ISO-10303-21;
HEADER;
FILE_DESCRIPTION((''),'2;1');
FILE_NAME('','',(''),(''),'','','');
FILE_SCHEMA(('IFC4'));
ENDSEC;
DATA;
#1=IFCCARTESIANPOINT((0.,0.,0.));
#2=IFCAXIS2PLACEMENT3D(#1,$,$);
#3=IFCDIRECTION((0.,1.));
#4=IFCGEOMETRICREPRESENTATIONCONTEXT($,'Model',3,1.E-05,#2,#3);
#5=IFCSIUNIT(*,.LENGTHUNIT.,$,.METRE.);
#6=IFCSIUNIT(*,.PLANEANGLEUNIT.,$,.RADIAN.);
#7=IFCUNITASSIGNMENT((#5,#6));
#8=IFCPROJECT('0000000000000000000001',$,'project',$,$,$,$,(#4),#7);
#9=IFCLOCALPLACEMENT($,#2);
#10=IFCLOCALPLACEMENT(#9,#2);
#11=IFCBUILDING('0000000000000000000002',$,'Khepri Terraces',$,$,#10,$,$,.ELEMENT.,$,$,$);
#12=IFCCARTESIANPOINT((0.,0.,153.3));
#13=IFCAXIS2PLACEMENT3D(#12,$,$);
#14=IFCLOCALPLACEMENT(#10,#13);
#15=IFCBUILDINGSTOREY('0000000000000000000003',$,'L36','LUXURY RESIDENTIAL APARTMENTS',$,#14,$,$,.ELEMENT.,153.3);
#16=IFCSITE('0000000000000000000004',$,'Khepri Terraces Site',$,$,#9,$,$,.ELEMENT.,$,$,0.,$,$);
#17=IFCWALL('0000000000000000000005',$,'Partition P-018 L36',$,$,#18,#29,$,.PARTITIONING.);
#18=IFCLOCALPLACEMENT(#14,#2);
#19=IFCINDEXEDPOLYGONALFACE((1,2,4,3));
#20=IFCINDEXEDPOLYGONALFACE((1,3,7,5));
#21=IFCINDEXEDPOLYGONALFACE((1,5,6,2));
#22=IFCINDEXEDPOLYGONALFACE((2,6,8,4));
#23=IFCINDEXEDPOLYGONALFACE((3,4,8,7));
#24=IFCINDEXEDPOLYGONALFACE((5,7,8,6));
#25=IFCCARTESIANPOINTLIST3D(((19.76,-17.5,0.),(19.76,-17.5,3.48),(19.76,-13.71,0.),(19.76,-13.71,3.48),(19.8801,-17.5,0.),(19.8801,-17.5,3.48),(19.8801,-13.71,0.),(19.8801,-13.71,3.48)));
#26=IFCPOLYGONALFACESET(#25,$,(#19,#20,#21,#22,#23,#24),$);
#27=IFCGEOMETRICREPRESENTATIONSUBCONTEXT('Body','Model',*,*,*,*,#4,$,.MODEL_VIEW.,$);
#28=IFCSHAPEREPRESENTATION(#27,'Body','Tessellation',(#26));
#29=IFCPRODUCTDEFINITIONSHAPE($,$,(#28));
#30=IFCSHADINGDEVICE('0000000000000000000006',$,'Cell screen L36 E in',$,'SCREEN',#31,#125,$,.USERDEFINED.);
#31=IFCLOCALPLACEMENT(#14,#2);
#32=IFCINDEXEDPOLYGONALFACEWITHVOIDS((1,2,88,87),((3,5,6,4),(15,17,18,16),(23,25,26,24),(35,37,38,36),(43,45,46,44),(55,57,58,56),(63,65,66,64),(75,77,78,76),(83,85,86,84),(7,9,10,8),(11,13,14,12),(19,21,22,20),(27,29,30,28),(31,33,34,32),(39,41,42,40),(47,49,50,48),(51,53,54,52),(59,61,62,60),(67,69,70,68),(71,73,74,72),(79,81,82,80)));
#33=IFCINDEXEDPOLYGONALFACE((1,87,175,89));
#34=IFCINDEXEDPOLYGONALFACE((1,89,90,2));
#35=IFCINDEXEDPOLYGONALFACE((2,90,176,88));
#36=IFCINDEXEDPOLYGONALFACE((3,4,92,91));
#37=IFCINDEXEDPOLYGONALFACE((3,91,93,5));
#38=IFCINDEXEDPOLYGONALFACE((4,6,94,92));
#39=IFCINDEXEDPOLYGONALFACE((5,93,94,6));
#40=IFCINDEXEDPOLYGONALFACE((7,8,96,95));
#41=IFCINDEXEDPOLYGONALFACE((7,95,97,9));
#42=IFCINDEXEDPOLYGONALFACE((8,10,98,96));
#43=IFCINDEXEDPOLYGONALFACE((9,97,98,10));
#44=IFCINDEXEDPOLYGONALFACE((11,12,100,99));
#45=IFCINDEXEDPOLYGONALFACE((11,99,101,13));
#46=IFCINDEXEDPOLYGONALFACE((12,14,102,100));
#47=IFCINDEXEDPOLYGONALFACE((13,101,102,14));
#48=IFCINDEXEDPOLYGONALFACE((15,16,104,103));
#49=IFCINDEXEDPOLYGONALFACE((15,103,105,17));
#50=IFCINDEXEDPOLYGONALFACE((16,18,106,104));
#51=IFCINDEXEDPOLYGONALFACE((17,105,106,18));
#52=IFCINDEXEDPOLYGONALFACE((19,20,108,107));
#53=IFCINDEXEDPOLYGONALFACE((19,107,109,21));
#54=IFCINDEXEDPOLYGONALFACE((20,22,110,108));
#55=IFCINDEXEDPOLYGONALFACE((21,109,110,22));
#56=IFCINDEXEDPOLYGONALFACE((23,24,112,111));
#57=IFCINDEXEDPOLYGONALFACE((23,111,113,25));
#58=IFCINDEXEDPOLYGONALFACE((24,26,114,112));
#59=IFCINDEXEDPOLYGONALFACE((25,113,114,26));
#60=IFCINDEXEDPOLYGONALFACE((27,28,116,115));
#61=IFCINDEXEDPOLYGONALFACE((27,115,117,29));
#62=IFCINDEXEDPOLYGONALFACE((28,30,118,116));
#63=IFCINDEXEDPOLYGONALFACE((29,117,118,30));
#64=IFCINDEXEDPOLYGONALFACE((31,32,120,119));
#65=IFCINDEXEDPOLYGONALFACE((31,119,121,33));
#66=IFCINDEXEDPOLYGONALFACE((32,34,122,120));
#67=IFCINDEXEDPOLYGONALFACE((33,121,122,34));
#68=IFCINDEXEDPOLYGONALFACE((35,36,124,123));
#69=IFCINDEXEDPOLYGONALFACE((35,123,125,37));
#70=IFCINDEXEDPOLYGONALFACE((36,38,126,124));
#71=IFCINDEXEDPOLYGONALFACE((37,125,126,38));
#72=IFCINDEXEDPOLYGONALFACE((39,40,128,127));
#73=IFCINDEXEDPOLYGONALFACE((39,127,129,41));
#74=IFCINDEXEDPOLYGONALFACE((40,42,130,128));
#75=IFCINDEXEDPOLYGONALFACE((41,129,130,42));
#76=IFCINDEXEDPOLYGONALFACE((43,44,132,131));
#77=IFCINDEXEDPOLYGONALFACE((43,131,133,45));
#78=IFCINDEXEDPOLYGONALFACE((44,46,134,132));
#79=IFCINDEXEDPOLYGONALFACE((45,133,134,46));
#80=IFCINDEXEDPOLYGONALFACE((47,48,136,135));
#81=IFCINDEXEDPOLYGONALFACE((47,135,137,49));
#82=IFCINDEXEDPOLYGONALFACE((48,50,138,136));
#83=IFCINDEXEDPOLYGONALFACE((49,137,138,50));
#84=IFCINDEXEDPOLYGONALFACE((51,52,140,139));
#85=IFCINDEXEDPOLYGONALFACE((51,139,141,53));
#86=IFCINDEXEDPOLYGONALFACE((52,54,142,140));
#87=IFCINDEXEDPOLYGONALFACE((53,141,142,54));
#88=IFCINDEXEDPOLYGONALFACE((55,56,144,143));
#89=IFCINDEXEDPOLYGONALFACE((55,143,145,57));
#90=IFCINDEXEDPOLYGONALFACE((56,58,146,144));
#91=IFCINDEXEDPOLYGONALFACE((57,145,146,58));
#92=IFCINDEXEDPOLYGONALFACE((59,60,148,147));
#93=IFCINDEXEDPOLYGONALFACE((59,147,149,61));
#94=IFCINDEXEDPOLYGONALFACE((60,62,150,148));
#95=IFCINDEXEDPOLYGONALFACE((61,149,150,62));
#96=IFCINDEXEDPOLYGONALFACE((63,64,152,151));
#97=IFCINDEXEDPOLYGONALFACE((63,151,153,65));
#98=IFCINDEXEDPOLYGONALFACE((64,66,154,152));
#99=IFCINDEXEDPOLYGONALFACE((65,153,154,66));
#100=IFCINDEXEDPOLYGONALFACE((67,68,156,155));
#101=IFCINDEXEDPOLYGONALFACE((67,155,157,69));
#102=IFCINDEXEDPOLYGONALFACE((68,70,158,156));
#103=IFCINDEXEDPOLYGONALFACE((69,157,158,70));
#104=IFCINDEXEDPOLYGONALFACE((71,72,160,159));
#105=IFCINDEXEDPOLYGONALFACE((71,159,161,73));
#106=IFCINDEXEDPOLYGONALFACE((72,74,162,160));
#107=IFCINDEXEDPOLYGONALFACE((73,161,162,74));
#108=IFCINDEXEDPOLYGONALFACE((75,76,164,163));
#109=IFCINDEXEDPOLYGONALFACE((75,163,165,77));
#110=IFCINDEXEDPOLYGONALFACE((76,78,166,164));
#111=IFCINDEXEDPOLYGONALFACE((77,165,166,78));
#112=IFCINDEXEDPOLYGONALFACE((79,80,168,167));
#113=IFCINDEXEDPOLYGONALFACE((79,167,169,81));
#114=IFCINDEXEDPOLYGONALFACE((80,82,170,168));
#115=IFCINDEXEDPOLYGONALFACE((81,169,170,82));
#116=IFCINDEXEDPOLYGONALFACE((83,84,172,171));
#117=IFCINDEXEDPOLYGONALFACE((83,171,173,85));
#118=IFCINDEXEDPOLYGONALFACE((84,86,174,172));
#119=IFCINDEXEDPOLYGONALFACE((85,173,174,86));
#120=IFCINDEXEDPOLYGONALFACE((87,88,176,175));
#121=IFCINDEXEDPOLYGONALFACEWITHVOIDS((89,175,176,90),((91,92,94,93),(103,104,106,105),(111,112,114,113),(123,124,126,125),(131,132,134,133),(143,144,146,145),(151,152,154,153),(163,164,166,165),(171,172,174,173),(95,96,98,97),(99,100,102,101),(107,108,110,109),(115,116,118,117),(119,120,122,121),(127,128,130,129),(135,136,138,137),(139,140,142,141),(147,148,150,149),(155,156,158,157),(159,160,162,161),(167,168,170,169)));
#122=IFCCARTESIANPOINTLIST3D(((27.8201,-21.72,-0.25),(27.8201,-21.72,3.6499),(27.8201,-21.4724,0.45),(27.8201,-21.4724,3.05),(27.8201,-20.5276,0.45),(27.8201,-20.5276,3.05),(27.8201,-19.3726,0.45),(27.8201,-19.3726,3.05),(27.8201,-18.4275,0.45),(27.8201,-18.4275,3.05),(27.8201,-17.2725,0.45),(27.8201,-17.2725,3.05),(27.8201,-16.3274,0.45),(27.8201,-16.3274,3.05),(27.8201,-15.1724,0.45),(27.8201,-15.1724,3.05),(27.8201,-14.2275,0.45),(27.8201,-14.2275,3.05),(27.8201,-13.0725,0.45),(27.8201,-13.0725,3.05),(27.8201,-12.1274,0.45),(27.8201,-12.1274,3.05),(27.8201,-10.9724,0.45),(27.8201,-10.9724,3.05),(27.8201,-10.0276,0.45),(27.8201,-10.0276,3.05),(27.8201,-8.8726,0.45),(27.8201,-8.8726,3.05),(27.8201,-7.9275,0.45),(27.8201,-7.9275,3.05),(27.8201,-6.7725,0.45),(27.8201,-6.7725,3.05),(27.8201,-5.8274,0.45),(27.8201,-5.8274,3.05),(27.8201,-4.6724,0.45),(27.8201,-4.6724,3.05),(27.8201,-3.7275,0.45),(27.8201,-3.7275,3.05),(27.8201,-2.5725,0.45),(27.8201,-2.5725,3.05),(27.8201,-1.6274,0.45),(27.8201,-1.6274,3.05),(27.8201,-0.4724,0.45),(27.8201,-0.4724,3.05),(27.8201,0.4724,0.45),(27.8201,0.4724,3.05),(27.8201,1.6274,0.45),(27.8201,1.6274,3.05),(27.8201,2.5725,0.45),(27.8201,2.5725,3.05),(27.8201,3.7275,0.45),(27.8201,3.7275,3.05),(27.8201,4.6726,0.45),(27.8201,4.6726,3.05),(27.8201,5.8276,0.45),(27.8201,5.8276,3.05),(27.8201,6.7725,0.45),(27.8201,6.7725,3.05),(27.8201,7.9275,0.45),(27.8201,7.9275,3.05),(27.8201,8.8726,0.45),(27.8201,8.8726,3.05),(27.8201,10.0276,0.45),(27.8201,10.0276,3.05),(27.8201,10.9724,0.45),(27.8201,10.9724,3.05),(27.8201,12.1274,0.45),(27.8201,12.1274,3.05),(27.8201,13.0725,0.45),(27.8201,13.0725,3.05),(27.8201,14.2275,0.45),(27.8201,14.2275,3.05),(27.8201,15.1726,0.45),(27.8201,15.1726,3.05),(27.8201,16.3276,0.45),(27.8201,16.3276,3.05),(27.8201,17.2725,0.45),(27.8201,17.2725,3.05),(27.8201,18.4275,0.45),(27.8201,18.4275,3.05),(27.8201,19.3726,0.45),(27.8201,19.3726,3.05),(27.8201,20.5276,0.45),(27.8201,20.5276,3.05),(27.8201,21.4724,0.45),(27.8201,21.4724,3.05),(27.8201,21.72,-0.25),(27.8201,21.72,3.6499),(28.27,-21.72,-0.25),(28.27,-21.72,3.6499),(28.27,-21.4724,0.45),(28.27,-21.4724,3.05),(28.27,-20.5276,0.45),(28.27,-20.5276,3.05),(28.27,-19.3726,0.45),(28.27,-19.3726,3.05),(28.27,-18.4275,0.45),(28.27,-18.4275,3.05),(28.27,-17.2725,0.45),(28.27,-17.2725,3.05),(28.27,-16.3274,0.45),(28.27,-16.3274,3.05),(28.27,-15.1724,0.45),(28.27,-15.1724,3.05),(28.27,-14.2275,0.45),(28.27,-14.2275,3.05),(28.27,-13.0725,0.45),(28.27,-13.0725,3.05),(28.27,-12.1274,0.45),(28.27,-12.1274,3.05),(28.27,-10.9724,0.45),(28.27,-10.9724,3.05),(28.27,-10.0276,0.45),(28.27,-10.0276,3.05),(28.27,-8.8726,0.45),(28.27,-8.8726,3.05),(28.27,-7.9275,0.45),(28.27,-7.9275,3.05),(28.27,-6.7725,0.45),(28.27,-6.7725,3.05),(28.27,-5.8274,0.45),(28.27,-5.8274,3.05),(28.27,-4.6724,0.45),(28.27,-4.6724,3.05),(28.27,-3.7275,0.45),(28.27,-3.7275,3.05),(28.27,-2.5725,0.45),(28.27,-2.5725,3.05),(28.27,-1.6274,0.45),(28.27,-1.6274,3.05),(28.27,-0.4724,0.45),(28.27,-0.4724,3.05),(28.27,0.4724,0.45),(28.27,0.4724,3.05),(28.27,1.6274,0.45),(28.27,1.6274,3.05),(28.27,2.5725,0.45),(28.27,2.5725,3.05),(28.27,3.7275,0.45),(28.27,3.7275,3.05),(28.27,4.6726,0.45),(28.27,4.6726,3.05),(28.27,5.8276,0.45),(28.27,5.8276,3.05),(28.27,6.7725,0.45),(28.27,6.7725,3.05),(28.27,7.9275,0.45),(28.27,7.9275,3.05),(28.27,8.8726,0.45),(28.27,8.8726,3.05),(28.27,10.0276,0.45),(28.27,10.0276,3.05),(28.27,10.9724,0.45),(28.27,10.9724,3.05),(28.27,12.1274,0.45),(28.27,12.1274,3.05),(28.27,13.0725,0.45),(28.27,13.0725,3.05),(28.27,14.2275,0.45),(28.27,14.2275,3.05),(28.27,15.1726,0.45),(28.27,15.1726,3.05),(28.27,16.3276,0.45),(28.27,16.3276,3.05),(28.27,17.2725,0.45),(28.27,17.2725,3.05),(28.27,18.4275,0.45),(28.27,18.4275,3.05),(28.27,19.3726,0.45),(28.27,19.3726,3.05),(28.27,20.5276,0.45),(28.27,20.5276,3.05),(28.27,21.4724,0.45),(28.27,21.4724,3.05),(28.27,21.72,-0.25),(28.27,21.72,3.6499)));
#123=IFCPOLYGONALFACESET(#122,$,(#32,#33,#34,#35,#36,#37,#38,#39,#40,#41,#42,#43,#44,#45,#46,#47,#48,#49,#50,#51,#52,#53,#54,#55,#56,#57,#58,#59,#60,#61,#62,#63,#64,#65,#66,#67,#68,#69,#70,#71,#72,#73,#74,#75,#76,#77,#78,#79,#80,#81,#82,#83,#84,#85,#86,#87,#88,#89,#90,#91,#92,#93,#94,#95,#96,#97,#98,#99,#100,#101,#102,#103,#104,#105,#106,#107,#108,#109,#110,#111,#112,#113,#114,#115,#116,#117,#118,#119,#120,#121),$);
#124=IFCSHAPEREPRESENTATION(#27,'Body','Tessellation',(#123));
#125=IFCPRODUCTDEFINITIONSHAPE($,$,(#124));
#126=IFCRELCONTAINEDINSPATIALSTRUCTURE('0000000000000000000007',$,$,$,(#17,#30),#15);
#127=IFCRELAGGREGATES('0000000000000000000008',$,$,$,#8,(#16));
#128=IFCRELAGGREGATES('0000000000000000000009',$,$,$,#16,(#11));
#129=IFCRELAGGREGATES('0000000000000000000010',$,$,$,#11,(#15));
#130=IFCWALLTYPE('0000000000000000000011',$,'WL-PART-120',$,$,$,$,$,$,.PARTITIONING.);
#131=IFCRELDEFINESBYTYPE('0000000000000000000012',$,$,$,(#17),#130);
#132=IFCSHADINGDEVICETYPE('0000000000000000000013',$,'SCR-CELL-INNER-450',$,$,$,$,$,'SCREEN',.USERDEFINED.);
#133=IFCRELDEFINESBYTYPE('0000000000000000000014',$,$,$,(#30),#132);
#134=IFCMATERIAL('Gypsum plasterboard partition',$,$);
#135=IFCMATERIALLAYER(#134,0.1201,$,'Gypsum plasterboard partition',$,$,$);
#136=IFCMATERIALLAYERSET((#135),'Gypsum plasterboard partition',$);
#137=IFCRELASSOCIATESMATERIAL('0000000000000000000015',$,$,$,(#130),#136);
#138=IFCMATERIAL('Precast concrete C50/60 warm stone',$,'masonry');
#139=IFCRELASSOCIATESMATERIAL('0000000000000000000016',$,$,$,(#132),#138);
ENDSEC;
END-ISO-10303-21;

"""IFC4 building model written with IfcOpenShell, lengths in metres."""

from ifc_helpers import new_model, si_unit, direction, frame, frame_2d, origin, place, context, subcontext, project, spatial, polyline, rectangle, outline, extrude, material, layer, layer_set, type_object, element, save


model = new_model("IFC4")

# Units and contexts
model_context = context("Model", 3, precision=1e-05, world=origin(), true_north=direction((0.0, 1.0)))
body_context = subcontext(model_context, "Body", "Model", "MODEL_VIEW")
ifc_project = project(units=[si_unit("LENGTHUNIT", "METRE"), si_unit("PLANEANGLEUNIT", "RADIAN")], contexts=[model_context])

# Site, building, storey
site_placement = place(None, origin())
site = spatial("IfcSite", under=ifc_project, at=site_placement, Name="Khepri Terraces Site", CompositionType="ELEMENT", RefElevation=0.0)
building_placement = place(site_placement, origin())
building = spatial("IfcBuilding", under=site, at=building_placement, Name="Khepri Terraces", CompositionType="ELEMENT")
storey_placement = place(building_placement, frame((0.0, 0.0, 153.3)))
storey = spatial("IfcBuildingStorey", under=building, at=storey_placement, Name="L36", Description="LUXURY RESIDENTIAL APARTMENTS", CompositionType="ELEMENT", Elevation=153.3)

# Shared definitions
ifc_material_1 = material(Name="Precast concrete C50/60 warm stone", Category="masonry")

# Shared definitions
ifc_material_2 = material(Name="Gypsum plasterboard partition")
ifc_layer_1 = layer(ifc_material_2, 0.1201, Name="Gypsum plasterboard partition")
ifc_layer_set_1 = layer_set([ifc_layer_1], Name="Gypsum plasterboard partition")
wall_type_1 = type_object("IfcWallType", Name="WL-PART-120", PredefinedType="PARTITIONING", material=ifc_layer_set_1)

# Wall
wall_1_placement = place(storey_placement, frame((19.8201, -17.5, 0.0), z_axis=(0.0, 0.0, 1.0), x_axis=(0.0, 1.0, 0.0)))
element("IfcWall", 1, at=wall_1_placement, inside=storey, type_object=wall_type_1, Name="Partition P-018 L36", PredefinedType="PARTITIONING", context=body_context, shape_type="SweptSolid", body=[
    extrude(rectangle(XDim=3.79, YDim=0.1201, at=frame_2d((1.895, 0.0))), origin(), (0.0, 0.0, 1.0), 3.48),
])

# Shading device
shading_device_type_1 = type_object("IfcShadingDeviceType", Name="SCR-CELL-INNER-450", ElementType="SCREEN", PredefinedType="USERDEFINED", material=ifc_material_1)
shading_device_1_placement = place(storey_placement, frame((27.8201, -21.72, -0.25), z_axis=(1.0, 0.0, 0.0), x_axis=(0.0, 1.0, 0.0)))
element("IfcShadingDevice", 2, at=shading_device_1_placement, inside=storey, type_object=shading_device_type_1, Name="Cell screen L36 E in", ObjectType="SCREEN", PredefinedType="USERDEFINED", context=body_context, shape_type="SweptSolid", body=[
    extrude(outline(polyline([(0.0, 0.0), (43.4399, 0.0), (43.4399, 3.8999), (0.0, 3.8999), (0.0, 0.0)]), holes=[polyline([(0.2476, 0.7), (1.1924, 0.7), (1.1924, 3.3), (0.2476, 3.3), (0.2476, 0.7)]), polyline([(2.3474, 0.7), (3.2925, 0.7), (3.2925, 3.3), (2.3474, 3.3), (2.3474, 0.7)]), polyline([(4.4475, 0.7), (5.3926, 0.7), (5.3926, 3.3), (4.4475, 3.3), (4.4475, 0.7)]), polyline([(6.5476, 0.7), (7.4924, 0.7), (7.4924, 3.3), (6.5476, 3.3), (6.5476, 0.7)]), polyline([(8.6475, 0.7), (9.5925, 0.7), (9.5925, 3.3), (8.6475, 3.3), (8.6475, 0.7)]), polyline([(10.7476, 0.7), (11.6924, 0.7), (11.6924, 3.3), (10.7476, 3.3), (10.7476, 0.7)]), polyline([(12.8474, 0.7), (13.7925, 0.7), (13.7925, 3.3), (12.8474, 3.3), (12.8474, 0.7)]), polyline([(14.9475, 0.7), (15.8926, 0.7), (15.8926, 3.3), (14.9475, 3.3), (14.9475, 0.7)]), polyline([(17.0476, 0.7), (17.9924, 0.7), (17.9924, 3.3), (17.0476, 3.3), (17.0476, 0.7)]), polyline([(19.1475, 0.7), (20.0925, 0.7), (20.0925, 3.3), (19.1475, 3.3), (19.1475, 0.7)]), polyline([(21.2476, 0.7), (22.1924, 0.7), (22.1924, 3.3), (21.2476, 3.3), (21.2476, 0.7)]), polyline([(23.3474, 0.7), (24.2925, 0.7), (24.2925, 3.3), (23.3474, 3.3), (23.3474, 0.7)]), polyline([(25.4475, 0.7), (26.3926, 0.7), (26.3926, 3.3), (25.4475, 3.3), (25.4475, 0.7)]), polyline([(27.5476, 0.7), (28.4924, 0.7), (28.4924, 3.3), (27.5476, 3.3), (27.5476, 0.7)]), polyline([(29.6475, 0.7), (30.5925, 0.7), (30.5925, 3.3), (29.6475, 3.3), (29.6475, 0.7)]), polyline([(31.7476, 0.7), (32.6924, 0.7), (32.6924, 3.3), (31.7476, 3.3), (31.7476, 0.7)]), polyline([(33.8474, 0.7), (34.7925, 0.7), (34.7925, 3.3), (33.8474, 3.3), (33.8474, 0.7)]), polyline([(35.9475, 0.7), (36.8926, 0.7), (36.8926, 3.3), (35.9475, 3.3), (35.9475, 0.7)]), polyline([(38.0476, 0.7), (38.9924, 0.7), (38.9924, 3.3), (38.0476, 3.3), (38.0476, 0.7)]), polyline([(40.1475, 0.7), (41.0925, 0.7), (41.0925, 3.3), (40.1475, 3.3), (40.1475, 0.7)]), polyline([(42.2476, 0.7), (43.1924, 0.7), (43.1924, 3.3), (42.2476, 3.3), (42.2476, 0.7)])]), origin(), (0.0, 0.0, 1.0), 0.45),
])

save(model, "model.ifc")
